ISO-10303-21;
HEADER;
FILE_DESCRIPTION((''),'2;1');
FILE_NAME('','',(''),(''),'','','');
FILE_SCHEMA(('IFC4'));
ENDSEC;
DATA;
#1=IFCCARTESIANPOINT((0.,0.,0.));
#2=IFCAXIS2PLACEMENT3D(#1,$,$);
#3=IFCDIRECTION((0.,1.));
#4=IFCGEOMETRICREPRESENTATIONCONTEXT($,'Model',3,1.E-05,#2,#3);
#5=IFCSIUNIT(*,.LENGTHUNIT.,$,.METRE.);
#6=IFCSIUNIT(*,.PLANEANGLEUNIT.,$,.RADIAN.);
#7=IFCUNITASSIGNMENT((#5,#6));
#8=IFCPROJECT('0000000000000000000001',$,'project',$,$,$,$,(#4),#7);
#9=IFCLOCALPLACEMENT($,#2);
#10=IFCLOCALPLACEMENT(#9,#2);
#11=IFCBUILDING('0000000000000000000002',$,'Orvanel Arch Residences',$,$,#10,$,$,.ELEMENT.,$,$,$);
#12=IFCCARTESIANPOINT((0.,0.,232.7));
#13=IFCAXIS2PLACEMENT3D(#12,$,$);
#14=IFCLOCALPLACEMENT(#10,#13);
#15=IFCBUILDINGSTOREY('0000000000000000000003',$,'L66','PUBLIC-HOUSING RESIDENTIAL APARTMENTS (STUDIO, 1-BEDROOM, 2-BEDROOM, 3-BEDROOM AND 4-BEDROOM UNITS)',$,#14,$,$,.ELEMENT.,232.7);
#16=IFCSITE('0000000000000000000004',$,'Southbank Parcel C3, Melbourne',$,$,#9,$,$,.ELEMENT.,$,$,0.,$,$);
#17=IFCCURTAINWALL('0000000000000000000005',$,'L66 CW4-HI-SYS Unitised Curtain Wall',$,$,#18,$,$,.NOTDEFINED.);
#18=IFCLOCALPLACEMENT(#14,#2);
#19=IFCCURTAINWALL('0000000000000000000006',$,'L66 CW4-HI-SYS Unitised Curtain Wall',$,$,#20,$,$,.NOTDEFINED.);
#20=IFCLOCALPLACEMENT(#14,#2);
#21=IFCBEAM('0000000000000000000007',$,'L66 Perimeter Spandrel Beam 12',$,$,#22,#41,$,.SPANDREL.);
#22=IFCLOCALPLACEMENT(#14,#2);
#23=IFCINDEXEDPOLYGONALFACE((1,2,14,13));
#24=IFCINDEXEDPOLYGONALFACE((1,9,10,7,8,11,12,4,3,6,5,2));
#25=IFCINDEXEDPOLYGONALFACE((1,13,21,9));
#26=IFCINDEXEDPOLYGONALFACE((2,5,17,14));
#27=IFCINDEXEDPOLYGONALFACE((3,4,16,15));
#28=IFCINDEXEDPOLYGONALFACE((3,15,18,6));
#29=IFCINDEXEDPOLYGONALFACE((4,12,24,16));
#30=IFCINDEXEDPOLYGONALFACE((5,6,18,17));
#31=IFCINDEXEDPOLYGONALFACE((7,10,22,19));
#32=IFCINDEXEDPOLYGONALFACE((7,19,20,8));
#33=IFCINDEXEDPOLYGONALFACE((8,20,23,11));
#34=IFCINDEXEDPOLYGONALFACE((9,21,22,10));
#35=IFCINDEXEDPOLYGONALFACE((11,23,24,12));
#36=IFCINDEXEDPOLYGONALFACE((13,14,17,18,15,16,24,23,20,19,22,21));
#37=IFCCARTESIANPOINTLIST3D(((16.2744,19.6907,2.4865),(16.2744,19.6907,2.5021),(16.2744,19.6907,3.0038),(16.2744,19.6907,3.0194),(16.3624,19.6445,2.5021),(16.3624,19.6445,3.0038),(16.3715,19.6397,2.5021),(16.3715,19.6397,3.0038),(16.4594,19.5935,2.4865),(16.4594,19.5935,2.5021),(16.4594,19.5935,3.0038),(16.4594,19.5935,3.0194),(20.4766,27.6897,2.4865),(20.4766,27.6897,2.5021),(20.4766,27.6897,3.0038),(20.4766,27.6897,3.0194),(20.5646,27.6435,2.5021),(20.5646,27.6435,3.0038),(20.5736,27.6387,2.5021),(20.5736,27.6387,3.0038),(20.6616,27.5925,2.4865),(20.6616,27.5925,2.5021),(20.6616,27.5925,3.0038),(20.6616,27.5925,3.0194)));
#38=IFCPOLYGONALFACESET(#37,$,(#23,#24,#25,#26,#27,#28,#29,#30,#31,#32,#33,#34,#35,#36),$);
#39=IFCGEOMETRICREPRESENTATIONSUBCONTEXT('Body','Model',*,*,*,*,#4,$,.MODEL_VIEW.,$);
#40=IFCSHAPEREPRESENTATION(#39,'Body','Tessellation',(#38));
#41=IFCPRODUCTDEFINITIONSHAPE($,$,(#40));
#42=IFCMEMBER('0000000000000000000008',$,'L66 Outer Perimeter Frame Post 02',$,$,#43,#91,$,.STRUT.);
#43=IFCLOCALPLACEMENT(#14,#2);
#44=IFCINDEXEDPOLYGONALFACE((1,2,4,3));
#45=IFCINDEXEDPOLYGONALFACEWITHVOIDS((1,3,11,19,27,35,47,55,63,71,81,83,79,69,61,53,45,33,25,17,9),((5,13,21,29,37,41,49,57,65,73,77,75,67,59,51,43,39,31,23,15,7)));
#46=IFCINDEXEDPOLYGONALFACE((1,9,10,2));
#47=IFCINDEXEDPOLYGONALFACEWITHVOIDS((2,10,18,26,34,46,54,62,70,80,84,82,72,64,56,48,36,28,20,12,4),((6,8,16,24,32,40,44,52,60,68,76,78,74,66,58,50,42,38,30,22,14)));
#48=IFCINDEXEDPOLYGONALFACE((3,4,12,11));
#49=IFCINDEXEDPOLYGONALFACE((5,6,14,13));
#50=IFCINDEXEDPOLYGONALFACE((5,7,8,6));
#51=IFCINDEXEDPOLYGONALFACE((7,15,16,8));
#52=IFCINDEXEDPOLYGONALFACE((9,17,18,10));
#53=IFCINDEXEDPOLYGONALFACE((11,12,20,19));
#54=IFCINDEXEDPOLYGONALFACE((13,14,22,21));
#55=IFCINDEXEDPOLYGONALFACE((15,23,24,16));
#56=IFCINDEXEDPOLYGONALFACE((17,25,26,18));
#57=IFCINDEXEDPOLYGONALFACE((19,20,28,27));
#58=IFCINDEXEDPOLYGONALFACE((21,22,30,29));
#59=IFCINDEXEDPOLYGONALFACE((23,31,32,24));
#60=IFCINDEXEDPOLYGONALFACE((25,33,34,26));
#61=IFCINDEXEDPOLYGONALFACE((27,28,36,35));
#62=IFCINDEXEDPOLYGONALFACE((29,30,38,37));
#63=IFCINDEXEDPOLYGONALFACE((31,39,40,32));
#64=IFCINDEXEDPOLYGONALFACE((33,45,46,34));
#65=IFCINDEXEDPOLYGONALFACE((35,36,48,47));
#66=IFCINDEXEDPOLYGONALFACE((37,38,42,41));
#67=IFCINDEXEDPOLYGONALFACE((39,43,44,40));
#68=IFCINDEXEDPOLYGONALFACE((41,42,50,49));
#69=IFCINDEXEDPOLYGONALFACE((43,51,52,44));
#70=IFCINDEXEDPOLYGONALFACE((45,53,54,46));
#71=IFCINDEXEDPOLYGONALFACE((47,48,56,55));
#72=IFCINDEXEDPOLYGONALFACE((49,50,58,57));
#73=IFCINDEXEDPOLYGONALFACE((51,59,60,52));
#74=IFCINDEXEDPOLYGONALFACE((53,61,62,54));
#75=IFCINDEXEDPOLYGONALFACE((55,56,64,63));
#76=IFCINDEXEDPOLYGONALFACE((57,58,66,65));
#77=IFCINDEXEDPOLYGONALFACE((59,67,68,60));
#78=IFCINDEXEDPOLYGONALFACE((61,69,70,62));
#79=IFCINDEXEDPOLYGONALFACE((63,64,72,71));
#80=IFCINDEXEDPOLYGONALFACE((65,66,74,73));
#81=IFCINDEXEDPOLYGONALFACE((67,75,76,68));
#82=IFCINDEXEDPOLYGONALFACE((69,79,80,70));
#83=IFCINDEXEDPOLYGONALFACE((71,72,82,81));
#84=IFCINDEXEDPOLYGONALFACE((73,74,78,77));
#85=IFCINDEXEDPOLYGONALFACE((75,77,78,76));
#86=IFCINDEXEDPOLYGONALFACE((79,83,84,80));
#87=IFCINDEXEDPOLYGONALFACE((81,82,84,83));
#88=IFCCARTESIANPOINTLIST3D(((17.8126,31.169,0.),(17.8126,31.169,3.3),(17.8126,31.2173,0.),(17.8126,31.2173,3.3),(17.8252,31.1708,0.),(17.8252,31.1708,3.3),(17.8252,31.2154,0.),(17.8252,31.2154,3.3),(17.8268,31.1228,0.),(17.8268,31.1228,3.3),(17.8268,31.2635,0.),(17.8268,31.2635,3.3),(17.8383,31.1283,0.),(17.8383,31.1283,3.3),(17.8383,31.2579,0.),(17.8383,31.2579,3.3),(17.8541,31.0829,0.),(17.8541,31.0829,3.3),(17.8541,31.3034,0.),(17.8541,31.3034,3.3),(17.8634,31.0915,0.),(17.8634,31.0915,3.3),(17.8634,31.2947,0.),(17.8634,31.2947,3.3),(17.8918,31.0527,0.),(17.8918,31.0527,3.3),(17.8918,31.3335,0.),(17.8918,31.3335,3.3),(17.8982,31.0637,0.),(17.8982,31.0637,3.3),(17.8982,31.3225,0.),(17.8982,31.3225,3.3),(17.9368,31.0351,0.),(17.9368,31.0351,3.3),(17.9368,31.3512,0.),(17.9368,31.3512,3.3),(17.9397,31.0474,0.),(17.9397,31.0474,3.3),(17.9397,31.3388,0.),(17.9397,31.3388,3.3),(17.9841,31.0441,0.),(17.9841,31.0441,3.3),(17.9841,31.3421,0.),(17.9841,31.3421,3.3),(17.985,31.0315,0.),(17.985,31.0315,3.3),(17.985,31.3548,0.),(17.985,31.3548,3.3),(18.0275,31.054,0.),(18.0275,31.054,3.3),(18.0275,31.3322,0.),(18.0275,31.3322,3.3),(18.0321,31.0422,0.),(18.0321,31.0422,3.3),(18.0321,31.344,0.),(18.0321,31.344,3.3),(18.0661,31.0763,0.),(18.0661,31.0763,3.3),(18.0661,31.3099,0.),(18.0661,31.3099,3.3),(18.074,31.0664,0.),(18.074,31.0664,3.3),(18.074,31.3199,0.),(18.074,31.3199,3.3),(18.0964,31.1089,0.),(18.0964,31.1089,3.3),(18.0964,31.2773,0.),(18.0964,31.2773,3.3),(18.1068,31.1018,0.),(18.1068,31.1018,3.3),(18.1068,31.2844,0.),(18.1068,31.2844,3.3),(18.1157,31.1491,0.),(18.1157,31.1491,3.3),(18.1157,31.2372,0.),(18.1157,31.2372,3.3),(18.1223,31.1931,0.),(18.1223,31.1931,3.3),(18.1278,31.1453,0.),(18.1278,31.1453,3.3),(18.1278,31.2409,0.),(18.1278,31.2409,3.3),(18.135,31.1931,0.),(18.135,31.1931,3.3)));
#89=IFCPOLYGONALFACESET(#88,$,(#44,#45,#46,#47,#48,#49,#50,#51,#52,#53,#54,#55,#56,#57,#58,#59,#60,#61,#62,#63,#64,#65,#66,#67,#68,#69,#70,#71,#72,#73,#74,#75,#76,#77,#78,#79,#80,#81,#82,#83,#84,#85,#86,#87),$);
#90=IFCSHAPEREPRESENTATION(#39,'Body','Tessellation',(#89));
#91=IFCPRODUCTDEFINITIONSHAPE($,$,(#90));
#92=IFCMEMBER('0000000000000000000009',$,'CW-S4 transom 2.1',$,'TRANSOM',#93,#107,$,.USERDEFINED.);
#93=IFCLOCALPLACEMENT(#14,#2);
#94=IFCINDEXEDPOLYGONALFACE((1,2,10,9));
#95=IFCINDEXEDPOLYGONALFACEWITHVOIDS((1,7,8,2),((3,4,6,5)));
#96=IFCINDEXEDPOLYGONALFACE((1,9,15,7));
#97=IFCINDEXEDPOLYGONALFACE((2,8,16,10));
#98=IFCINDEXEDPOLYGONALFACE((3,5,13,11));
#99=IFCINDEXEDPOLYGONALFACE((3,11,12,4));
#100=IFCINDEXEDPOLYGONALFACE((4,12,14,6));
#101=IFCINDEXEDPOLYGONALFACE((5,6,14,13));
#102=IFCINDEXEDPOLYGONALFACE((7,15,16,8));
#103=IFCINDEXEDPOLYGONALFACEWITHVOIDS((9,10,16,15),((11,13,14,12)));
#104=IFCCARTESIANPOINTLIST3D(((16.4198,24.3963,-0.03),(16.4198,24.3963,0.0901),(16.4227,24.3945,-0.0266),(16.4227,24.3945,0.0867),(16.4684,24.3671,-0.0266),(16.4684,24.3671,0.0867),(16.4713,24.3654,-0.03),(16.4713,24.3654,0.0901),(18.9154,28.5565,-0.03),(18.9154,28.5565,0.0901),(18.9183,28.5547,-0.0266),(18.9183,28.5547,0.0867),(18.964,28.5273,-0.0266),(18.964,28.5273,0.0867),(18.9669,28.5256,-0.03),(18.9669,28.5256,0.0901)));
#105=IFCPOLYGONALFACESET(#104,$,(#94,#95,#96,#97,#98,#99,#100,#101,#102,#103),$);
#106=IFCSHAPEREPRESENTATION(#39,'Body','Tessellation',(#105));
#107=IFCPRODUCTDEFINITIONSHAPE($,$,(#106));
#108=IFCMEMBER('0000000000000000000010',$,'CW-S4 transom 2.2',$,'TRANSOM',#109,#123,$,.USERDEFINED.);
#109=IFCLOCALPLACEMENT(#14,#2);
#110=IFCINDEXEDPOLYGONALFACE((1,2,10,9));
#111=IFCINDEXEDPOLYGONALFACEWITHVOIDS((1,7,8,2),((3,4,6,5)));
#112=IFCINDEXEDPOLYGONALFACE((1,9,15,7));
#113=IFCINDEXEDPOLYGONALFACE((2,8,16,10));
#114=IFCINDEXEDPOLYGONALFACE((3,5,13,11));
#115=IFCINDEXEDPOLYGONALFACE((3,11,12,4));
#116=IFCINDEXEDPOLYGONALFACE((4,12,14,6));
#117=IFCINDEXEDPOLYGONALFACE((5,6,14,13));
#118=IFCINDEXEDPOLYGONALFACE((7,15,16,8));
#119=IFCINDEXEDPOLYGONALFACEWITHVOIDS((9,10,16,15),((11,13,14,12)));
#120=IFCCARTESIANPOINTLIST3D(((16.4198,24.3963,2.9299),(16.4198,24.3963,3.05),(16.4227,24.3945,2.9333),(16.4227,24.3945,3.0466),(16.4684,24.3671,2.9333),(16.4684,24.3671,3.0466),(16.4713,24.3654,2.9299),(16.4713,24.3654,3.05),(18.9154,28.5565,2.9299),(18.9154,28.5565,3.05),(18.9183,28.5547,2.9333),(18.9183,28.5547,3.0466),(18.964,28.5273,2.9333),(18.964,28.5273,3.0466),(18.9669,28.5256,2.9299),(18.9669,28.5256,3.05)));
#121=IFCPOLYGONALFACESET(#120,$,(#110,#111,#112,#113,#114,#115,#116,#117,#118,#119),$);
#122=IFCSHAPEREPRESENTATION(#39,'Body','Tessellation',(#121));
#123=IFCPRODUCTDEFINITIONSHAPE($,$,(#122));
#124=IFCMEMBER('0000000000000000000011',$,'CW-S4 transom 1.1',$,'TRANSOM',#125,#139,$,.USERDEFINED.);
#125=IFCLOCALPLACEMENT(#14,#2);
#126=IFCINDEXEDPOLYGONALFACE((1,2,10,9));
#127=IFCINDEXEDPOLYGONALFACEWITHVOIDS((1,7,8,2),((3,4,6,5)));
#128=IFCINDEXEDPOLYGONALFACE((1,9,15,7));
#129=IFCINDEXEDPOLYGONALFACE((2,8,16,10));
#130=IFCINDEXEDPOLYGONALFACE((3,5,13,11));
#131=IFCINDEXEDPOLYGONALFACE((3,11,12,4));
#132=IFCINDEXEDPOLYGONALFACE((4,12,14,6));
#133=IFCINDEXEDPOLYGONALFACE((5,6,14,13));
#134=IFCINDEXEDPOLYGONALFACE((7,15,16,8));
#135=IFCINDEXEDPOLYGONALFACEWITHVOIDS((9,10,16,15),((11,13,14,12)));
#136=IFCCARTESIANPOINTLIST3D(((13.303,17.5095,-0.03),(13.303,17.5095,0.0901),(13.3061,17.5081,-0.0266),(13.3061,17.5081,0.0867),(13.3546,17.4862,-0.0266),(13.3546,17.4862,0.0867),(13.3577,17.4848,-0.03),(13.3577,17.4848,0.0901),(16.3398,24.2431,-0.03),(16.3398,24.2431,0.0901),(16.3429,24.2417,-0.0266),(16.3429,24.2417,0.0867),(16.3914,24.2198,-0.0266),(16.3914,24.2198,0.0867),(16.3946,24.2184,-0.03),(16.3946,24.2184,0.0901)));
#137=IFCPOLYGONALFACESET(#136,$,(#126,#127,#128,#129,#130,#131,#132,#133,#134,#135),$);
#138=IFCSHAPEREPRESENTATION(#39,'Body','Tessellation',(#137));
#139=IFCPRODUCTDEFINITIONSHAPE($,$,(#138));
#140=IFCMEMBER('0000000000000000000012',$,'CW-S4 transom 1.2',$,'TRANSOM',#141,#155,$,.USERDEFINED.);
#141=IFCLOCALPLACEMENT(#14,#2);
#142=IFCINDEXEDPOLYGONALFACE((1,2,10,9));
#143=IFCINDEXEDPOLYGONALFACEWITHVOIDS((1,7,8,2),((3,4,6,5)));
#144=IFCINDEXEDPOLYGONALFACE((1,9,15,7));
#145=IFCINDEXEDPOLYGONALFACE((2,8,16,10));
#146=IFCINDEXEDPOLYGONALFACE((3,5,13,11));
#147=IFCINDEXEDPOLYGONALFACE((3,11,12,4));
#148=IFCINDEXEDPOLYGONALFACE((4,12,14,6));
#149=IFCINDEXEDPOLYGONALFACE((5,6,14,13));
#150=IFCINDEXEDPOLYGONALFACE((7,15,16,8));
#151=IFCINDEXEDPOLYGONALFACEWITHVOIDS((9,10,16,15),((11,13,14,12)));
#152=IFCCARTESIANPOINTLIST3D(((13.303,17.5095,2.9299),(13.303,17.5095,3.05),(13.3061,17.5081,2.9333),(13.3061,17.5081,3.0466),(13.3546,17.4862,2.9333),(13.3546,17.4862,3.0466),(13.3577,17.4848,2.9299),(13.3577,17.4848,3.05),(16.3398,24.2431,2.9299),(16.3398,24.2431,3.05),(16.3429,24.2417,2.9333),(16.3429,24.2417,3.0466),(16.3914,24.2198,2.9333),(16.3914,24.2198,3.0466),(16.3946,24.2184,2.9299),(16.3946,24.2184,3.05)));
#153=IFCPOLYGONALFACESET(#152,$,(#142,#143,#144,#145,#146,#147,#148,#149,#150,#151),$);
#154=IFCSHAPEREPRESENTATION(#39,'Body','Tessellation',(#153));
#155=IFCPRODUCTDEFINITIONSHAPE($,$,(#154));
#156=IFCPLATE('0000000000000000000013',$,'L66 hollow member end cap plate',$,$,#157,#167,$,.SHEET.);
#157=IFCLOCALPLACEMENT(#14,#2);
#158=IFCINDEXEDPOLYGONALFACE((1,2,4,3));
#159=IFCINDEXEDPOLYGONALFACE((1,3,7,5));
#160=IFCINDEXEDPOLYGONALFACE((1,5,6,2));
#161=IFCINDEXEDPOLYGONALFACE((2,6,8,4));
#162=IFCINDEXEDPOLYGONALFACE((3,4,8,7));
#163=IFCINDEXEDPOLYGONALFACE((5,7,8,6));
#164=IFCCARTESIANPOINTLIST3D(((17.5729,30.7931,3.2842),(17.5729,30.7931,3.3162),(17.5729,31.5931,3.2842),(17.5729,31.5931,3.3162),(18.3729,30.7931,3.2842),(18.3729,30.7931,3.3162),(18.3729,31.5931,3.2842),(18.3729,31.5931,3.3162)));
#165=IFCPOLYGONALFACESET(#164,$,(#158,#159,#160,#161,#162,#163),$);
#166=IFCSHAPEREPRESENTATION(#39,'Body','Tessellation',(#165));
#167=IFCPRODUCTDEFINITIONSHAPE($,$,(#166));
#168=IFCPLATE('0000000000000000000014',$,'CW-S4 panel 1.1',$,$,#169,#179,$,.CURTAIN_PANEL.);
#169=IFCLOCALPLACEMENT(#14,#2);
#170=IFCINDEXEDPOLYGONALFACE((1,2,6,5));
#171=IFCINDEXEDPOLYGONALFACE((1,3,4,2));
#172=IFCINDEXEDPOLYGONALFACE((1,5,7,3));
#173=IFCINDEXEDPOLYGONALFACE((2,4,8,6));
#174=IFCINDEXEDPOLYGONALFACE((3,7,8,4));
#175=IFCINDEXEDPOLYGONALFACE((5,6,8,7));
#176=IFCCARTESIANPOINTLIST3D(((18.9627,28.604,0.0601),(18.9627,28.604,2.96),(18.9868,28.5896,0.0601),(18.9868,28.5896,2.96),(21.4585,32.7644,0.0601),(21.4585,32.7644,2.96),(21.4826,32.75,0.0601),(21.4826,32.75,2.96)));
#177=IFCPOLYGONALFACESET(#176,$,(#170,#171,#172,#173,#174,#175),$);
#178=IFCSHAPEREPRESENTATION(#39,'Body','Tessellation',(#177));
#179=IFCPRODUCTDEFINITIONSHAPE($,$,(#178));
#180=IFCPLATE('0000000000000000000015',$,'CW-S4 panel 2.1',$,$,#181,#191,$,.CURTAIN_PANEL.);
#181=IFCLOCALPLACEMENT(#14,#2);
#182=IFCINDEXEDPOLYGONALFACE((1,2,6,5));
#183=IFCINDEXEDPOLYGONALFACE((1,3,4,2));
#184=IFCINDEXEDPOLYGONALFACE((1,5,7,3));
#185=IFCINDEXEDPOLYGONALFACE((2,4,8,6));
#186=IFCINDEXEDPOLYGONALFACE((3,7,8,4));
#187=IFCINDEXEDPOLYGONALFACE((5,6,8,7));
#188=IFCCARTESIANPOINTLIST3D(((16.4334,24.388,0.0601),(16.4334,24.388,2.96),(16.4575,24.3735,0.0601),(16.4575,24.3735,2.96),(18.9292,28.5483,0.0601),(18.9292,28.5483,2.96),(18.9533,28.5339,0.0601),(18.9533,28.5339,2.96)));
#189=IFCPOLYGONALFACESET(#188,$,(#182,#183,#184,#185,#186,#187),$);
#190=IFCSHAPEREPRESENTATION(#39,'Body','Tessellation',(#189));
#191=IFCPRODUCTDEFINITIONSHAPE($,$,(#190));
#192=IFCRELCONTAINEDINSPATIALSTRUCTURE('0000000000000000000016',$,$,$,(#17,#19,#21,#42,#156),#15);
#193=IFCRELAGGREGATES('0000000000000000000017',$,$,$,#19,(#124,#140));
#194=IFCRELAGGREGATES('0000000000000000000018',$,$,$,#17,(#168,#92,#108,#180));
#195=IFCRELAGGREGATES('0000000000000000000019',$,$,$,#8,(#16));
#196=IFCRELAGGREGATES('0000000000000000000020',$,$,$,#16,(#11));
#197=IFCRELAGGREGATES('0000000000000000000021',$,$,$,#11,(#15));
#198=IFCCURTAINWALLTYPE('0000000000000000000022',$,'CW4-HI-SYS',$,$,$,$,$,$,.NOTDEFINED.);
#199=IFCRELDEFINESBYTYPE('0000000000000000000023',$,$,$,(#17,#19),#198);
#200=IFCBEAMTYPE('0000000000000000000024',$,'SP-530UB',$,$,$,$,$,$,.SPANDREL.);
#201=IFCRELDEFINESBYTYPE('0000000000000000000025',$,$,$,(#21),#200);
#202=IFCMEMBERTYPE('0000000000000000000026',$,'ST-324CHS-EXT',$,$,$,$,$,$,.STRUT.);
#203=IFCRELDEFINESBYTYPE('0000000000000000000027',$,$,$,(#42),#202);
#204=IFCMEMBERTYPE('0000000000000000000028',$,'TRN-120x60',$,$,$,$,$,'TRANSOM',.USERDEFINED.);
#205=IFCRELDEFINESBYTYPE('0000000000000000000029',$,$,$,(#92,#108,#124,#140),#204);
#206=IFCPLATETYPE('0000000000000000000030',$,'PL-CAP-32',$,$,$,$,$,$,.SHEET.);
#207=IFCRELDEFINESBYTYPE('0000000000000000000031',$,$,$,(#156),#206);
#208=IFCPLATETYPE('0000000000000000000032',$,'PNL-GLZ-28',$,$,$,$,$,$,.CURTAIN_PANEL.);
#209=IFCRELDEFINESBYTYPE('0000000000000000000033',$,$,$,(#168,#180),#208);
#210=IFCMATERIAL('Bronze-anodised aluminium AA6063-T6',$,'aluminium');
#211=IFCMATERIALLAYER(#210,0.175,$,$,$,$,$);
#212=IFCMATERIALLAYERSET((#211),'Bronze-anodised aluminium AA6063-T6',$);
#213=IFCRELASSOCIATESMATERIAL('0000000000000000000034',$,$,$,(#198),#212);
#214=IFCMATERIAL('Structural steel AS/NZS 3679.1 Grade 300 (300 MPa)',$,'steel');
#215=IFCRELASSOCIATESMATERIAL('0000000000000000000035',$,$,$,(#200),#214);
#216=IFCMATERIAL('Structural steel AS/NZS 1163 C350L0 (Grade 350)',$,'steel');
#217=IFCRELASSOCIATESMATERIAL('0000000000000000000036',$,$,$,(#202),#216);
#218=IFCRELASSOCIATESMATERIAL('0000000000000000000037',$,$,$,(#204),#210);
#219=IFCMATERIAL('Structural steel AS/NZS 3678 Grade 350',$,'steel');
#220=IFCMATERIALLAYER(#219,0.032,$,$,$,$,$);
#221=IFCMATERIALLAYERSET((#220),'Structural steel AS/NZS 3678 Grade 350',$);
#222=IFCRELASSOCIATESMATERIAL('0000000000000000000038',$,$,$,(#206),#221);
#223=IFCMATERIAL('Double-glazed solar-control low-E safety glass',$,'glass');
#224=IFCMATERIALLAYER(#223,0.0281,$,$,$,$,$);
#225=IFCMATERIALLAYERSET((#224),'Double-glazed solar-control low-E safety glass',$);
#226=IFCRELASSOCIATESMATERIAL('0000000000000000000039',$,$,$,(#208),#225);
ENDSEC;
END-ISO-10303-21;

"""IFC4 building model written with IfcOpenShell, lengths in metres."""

from ifc_helpers import new_model, si_unit, direction, frame, origin, origin_2d, place, context, subcontext, project, spatial, rectangle, hollow_rectangle, hollow_circle, i_section, extrude, material, layer, layer_set, material_profile, profile_set, type_object, element, aggregate, save


model = new_model("IFC4")

# Units and contexts
model_context = context("Model", 3, precision=1e-05, world=origin(), true_north=direction((0.0, 1.0)))
body_context = subcontext(model_context, "Body", "Model", "MODEL_VIEW")
ifc_project = project(units=[si_unit("LENGTHUNIT", "METRE"), si_unit("PLANEANGLEUNIT", "RADIAN")], contexts=[model_context])

# Site, building, storey
site_placement = place(None, origin())
site = spatial("IfcSite", under=ifc_project, at=site_placement, Name="Southbank Parcel C3, Melbourne", CompositionType="ELEMENT", RefElevation=0.0)
building_placement = place(site_placement, origin())
building = spatial("IfcBuilding", under=site, at=building_placement, Name="Orvanel Arch Residences", CompositionType="ELEMENT")
storey_placement = place(building_placement, frame((0.0, 0.0, 232.7)))
storey = spatial("IfcBuildingStorey", under=building, at=storey_placement, Name="L66", Description="PUBLIC-HOUSING RESIDENTIAL APARTMENTS (STUDIO, 1-BEDROOM, 2-BEDROOM, 3-BEDROOM AND 4-BEDROOM UNITS)", CompositionType="ELEMENT", Elevation=232.7)

# Shared definitions
ifc_material_1 = material(Name="Structural steel AS/NZS 1163 C350L0 (Grade 350)", Category="steel")

# Shared definitions
ifc_material_2 = material(Name="Structural steel AS/NZS 3679.1 Grade 300 (300 MPa)", Category="steel")

# Curtain wall
ifc_material_3 = material(Name="Bronze-anodised aluminium AA6063-T6", Category="aluminium")
ifc_layer_1 = layer(ifc_material_3, 0.175)
ifc_layer_set_1 = layer_set([ifc_layer_1], Name="Bronze-anodised aluminium AA6063-T6")
curtain_wall_type = type_object("IfcCurtainWallType", Name="CW4-HI-SYS", PredefinedType="NOTDEFINED", material=ifc_layer_set_1)
curtain_wall_1_placement = place(storey_placement, origin())
curtain_wall_1 = element("IfcCurtainWall", 1, at=curtain_wall_1_placement, inside=storey, type_object=curtain_wall_type, Name="L66 CW4-HI-SYS Unitised Curtain Wall", PredefinedType="NOTDEFINED")

# Curtain wall
curtain_wall_2_placement = place(storey_placement, origin())
curtain_wall_2 = element("IfcCurtainWall", 2, at=curtain_wall_2_placement, inside=storey, type_object=curtain_wall_type, Name="L66 CW4-HI-SYS Unitised Curtain Wall", PredefinedType="NOTDEFINED")

# Beam
ifc_material_profile_1 = material_profile(ifc_material_2, i_section(OverallWidth=0.209, OverallDepth=0.533, WebThickness=0.0103, FlangeThickness=0.0156, at=origin_2d()), Name="530UB92.4")
ifc_profile_set_1 = profile_set([ifc_material_profile_1], Name="Structural steel AS/NZS 3679.1 Grade 300 (300 MPa)")
beam_type_1 = type_object("IfcBeamType", Name="SP-530UB", PredefinedType="SPANDREL", material=ifc_profile_set_1)
beam_1_placement = place(storey_placement, frame((20.5691, 27.6411, 2.7529), z_axis=(-0.465065, -0.885277, 0.0), x_axis=(0.885277, -0.465065, 0.0)))
element("IfcBeam", 3, at=beam_1_placement, inside=storey, type_object=beam_type_1, Name="L66 Perimeter Spandrel Beam 12", PredefinedType="SPANDREL", context=body_context, shape_type="SweptSolid", body=[
    extrude(i_section(OverallWidth=0.209, OverallDepth=0.533, WebThickness=0.0103, FlangeThickness=0.0156, at=origin_2d()), origin(), (0.0, 0.0, 1.0), 9.0356),
])

# Members
ifc_material_profile_2 = material_profile(ifc_material_1, hollow_circle(Radius=0.1621, WallThickness=0.0127, at=origin_2d()), Name="CHS324x12.7")
ifc_profile_set_2 = profile_set([ifc_material_profile_2], Name="Structural steel AS/NZS 1163 C350L0 (Grade 350)")
member_type_1 = type_object("IfcMemberType", Name="ST-324CHS-EXT", PredefinedType="STRUT", material=ifc_profile_set_2)
member_1_placement = place(storey_placement, frame((17.9729, 31.1931, 0.0), z_axis=(0.0, 0.0, 1.0), x_axis=(1.0, 0.0, 0.0)))
element("IfcMember", 4, at=member_1_placement, inside=storey, type_object=member_type_1, Name="L66 Outer Perimeter Frame Post 02", PredefinedType="STRUT", context=body_context, shape_type="SweptSolid", body=[
    extrude(hollow_circle(Radius=0.1621, WallThickness=0.0127, at=origin_2d()), origin(), (0.0, 0.0, 1.0), 3.3),
])
ifc_material_profile_3 = material_profile(ifc_material_3, hollow_rectangle(XDim=0.0601, YDim=0.1201, WallThickness=0.0034, at=origin_2d()), Name="ALU120x60x3.5")
ifc_profile_set_3 = profile_set([ifc_material_profile_3], Name="Bronze-anodised aluminium AA6063-T6")
member_type_2 = type_object("IfcMemberType", Name="TRN-120x60", ElementType="TRANSOM", PredefinedType="USERDEFINED", material=ifc_profile_set_3)
member_2_placement = place(storey_placement, frame((18.9412, 28.541, 0.03), z_axis=(-0.514422, -0.857537, 0.0), x_axis=(0.857537, -0.514422, 0.0)))
member_2 = element("IfcMember", 5, at=member_2_placement, type_object=member_type_2, Name="CW-S4 transom 2.1", ObjectType="TRANSOM", PredefinedType="USERDEFINED", context=body_context, shape_type="SweptSolid", body=[
    extrude(hollow_rectangle(XDim=0.0601, YDim=0.1201, WallThickness=0.0034, at=origin_2d()), origin(), (0.0, 0.0, 1.0), 4.8513),
])
member_3_placement = place(storey_placement, frame((18.9412, 28.541, 2.99), z_axis=(-0.514422, -0.857537, 0.0), x_axis=(0.857537, -0.514422, 0.0)))
member_3 = element("IfcMember", 6, at=member_3_placement, type_object=member_type_2, Name="CW-S4 transom 2.2", ObjectType="TRANSOM", PredefinedType="USERDEFINED", context=body_context, shape_type="SweptSolid", body=[
    extrude(hollow_rectangle(XDim=0.0601, YDim=0.1201, WallThickness=0.0034, at=origin_2d()), origin(), (0.0, 0.0, 1.0), 4.8513),
])
member_4_placement = place(storey_placement, frame((16.3672, 24.2307, 0.03), z_axis=(-0.411122, -0.91158, 0.0), x_axis=(0.91158, -0.411122, 0.0)))
member_4 = element("IfcMember", 7, at=member_4_placement, type_object=member_type_2, Name="CW-S4 transom 1.1", ObjectType="TRANSOM", PredefinedType="USERDEFINED", context=body_context, shape_type="SweptSolid", body=[
    extrude(hollow_rectangle(XDim=0.0601, YDim=0.1201, WallThickness=0.0034, at=origin_2d()), origin(), (0.0, 0.0, 1.0), 7.3867),
])
member_5_placement = place(storey_placement, frame((16.3672, 24.2307, 2.99), z_axis=(-0.411122, -0.91158, 0.0), x_axis=(0.91158, -0.411122, 0.0)))
member_5 = element("IfcMember", 8, at=member_5_placement, type_object=member_type_2, Name="CW-S4 transom 1.2", ObjectType="TRANSOM", PredefinedType="USERDEFINED", context=body_context, shape_type="SweptSolid", body=[
    extrude(hollow_rectangle(XDim=0.0601, YDim=0.1201, WallThickness=0.0034, at=origin_2d()), origin(), (0.0, 0.0, 1.0), 7.3867),
])
aggregate(curtain_wall_2, [member_4, member_5])

# Plates
ifc_material_4 = material(Name="Structural steel AS/NZS 3678 Grade 350", Category="steel")
ifc_layer_2 = layer(ifc_material_4, 0.032)
ifc_layer_set_2 = layer_set([ifc_layer_2], Name="Structural steel AS/NZS 3678 Grade 350")
plate_type_1 = type_object("IfcPlateType", Name="PL-CAP-32", PredefinedType="SHEET", material=ifc_layer_set_2)
plate_1_placement = place(storey_placement, frame((17.9729, 31.1931, 3.2842), z_axis=(0.0, 0.0, 1.0), x_axis=(1.0, 0.0, 0.0)))
element("IfcPlate", 9, at=plate_1_placement, inside=storey, type_object=plate_type_1, Name="L66 hollow member end cap plate", PredefinedType="SHEET", context=body_context, shape_type="SweptSolid", body=[
    extrude(rectangle(XDim=0.8, YDim=0.8, at=origin_2d()), origin(), (0.0, 0.0, 1.0), 0.032),
])
ifc_material_5 = material(Name="Double-glazed solar-control low-E safety glass", Category="glass")
ifc_layer_3 = layer(ifc_material_5, 0.0281)
ifc_layer_set_3 = layer_set([ifc_layer_3], Name="Double-glazed solar-control low-E safety glass")
plate_type_2 = type_object("IfcPlateType", Name="PNL-GLZ-28", PredefinedType="CURTAIN_PANEL", material=ifc_layer_set_3)
plate_2_placement = place(storey_placement, frame((20.2227, 30.677, 0.0601), z_axis=(0.0, 0.0, 1.0), x_axis=(-0.514436, -0.857529, 0.0)))
plate_2 = element("IfcPlate", 10, at=plate_2_placement, type_object=plate_type_2, Name="CW-S4 panel 1.1", PredefinedType="CURTAIN_PANEL", context=body_context, shape_type="SweptSolid", body=[
    extrude(rectangle(XDim=4.8516, YDim=0.0281, at=origin_2d()), origin(), (0.0, 0.0, 1.0), 2.8999),
])
plate_3_placement = place(storey_placement, frame((17.6934, 26.4609, 0.0601), z_axis=(0.0, 0.0, 1.0), x_axis=(-0.514436, -0.857529, 0.0)))
plate_3 = element("IfcPlate", 11, at=plate_3_placement, type_object=plate_type_2, Name="CW-S4 panel 2.1", PredefinedType="CURTAIN_PANEL", context=body_context, shape_type="SweptSolid", body=[
    extrude(rectangle(XDim=4.8516, YDim=0.0281, at=origin_2d()), origin(), (0.0, 0.0, 1.0), 2.8999),
])
aggregate(curtain_wall_1, [plate_2, member_2, member_3, plate_3])

save(model, "model.ifc")
